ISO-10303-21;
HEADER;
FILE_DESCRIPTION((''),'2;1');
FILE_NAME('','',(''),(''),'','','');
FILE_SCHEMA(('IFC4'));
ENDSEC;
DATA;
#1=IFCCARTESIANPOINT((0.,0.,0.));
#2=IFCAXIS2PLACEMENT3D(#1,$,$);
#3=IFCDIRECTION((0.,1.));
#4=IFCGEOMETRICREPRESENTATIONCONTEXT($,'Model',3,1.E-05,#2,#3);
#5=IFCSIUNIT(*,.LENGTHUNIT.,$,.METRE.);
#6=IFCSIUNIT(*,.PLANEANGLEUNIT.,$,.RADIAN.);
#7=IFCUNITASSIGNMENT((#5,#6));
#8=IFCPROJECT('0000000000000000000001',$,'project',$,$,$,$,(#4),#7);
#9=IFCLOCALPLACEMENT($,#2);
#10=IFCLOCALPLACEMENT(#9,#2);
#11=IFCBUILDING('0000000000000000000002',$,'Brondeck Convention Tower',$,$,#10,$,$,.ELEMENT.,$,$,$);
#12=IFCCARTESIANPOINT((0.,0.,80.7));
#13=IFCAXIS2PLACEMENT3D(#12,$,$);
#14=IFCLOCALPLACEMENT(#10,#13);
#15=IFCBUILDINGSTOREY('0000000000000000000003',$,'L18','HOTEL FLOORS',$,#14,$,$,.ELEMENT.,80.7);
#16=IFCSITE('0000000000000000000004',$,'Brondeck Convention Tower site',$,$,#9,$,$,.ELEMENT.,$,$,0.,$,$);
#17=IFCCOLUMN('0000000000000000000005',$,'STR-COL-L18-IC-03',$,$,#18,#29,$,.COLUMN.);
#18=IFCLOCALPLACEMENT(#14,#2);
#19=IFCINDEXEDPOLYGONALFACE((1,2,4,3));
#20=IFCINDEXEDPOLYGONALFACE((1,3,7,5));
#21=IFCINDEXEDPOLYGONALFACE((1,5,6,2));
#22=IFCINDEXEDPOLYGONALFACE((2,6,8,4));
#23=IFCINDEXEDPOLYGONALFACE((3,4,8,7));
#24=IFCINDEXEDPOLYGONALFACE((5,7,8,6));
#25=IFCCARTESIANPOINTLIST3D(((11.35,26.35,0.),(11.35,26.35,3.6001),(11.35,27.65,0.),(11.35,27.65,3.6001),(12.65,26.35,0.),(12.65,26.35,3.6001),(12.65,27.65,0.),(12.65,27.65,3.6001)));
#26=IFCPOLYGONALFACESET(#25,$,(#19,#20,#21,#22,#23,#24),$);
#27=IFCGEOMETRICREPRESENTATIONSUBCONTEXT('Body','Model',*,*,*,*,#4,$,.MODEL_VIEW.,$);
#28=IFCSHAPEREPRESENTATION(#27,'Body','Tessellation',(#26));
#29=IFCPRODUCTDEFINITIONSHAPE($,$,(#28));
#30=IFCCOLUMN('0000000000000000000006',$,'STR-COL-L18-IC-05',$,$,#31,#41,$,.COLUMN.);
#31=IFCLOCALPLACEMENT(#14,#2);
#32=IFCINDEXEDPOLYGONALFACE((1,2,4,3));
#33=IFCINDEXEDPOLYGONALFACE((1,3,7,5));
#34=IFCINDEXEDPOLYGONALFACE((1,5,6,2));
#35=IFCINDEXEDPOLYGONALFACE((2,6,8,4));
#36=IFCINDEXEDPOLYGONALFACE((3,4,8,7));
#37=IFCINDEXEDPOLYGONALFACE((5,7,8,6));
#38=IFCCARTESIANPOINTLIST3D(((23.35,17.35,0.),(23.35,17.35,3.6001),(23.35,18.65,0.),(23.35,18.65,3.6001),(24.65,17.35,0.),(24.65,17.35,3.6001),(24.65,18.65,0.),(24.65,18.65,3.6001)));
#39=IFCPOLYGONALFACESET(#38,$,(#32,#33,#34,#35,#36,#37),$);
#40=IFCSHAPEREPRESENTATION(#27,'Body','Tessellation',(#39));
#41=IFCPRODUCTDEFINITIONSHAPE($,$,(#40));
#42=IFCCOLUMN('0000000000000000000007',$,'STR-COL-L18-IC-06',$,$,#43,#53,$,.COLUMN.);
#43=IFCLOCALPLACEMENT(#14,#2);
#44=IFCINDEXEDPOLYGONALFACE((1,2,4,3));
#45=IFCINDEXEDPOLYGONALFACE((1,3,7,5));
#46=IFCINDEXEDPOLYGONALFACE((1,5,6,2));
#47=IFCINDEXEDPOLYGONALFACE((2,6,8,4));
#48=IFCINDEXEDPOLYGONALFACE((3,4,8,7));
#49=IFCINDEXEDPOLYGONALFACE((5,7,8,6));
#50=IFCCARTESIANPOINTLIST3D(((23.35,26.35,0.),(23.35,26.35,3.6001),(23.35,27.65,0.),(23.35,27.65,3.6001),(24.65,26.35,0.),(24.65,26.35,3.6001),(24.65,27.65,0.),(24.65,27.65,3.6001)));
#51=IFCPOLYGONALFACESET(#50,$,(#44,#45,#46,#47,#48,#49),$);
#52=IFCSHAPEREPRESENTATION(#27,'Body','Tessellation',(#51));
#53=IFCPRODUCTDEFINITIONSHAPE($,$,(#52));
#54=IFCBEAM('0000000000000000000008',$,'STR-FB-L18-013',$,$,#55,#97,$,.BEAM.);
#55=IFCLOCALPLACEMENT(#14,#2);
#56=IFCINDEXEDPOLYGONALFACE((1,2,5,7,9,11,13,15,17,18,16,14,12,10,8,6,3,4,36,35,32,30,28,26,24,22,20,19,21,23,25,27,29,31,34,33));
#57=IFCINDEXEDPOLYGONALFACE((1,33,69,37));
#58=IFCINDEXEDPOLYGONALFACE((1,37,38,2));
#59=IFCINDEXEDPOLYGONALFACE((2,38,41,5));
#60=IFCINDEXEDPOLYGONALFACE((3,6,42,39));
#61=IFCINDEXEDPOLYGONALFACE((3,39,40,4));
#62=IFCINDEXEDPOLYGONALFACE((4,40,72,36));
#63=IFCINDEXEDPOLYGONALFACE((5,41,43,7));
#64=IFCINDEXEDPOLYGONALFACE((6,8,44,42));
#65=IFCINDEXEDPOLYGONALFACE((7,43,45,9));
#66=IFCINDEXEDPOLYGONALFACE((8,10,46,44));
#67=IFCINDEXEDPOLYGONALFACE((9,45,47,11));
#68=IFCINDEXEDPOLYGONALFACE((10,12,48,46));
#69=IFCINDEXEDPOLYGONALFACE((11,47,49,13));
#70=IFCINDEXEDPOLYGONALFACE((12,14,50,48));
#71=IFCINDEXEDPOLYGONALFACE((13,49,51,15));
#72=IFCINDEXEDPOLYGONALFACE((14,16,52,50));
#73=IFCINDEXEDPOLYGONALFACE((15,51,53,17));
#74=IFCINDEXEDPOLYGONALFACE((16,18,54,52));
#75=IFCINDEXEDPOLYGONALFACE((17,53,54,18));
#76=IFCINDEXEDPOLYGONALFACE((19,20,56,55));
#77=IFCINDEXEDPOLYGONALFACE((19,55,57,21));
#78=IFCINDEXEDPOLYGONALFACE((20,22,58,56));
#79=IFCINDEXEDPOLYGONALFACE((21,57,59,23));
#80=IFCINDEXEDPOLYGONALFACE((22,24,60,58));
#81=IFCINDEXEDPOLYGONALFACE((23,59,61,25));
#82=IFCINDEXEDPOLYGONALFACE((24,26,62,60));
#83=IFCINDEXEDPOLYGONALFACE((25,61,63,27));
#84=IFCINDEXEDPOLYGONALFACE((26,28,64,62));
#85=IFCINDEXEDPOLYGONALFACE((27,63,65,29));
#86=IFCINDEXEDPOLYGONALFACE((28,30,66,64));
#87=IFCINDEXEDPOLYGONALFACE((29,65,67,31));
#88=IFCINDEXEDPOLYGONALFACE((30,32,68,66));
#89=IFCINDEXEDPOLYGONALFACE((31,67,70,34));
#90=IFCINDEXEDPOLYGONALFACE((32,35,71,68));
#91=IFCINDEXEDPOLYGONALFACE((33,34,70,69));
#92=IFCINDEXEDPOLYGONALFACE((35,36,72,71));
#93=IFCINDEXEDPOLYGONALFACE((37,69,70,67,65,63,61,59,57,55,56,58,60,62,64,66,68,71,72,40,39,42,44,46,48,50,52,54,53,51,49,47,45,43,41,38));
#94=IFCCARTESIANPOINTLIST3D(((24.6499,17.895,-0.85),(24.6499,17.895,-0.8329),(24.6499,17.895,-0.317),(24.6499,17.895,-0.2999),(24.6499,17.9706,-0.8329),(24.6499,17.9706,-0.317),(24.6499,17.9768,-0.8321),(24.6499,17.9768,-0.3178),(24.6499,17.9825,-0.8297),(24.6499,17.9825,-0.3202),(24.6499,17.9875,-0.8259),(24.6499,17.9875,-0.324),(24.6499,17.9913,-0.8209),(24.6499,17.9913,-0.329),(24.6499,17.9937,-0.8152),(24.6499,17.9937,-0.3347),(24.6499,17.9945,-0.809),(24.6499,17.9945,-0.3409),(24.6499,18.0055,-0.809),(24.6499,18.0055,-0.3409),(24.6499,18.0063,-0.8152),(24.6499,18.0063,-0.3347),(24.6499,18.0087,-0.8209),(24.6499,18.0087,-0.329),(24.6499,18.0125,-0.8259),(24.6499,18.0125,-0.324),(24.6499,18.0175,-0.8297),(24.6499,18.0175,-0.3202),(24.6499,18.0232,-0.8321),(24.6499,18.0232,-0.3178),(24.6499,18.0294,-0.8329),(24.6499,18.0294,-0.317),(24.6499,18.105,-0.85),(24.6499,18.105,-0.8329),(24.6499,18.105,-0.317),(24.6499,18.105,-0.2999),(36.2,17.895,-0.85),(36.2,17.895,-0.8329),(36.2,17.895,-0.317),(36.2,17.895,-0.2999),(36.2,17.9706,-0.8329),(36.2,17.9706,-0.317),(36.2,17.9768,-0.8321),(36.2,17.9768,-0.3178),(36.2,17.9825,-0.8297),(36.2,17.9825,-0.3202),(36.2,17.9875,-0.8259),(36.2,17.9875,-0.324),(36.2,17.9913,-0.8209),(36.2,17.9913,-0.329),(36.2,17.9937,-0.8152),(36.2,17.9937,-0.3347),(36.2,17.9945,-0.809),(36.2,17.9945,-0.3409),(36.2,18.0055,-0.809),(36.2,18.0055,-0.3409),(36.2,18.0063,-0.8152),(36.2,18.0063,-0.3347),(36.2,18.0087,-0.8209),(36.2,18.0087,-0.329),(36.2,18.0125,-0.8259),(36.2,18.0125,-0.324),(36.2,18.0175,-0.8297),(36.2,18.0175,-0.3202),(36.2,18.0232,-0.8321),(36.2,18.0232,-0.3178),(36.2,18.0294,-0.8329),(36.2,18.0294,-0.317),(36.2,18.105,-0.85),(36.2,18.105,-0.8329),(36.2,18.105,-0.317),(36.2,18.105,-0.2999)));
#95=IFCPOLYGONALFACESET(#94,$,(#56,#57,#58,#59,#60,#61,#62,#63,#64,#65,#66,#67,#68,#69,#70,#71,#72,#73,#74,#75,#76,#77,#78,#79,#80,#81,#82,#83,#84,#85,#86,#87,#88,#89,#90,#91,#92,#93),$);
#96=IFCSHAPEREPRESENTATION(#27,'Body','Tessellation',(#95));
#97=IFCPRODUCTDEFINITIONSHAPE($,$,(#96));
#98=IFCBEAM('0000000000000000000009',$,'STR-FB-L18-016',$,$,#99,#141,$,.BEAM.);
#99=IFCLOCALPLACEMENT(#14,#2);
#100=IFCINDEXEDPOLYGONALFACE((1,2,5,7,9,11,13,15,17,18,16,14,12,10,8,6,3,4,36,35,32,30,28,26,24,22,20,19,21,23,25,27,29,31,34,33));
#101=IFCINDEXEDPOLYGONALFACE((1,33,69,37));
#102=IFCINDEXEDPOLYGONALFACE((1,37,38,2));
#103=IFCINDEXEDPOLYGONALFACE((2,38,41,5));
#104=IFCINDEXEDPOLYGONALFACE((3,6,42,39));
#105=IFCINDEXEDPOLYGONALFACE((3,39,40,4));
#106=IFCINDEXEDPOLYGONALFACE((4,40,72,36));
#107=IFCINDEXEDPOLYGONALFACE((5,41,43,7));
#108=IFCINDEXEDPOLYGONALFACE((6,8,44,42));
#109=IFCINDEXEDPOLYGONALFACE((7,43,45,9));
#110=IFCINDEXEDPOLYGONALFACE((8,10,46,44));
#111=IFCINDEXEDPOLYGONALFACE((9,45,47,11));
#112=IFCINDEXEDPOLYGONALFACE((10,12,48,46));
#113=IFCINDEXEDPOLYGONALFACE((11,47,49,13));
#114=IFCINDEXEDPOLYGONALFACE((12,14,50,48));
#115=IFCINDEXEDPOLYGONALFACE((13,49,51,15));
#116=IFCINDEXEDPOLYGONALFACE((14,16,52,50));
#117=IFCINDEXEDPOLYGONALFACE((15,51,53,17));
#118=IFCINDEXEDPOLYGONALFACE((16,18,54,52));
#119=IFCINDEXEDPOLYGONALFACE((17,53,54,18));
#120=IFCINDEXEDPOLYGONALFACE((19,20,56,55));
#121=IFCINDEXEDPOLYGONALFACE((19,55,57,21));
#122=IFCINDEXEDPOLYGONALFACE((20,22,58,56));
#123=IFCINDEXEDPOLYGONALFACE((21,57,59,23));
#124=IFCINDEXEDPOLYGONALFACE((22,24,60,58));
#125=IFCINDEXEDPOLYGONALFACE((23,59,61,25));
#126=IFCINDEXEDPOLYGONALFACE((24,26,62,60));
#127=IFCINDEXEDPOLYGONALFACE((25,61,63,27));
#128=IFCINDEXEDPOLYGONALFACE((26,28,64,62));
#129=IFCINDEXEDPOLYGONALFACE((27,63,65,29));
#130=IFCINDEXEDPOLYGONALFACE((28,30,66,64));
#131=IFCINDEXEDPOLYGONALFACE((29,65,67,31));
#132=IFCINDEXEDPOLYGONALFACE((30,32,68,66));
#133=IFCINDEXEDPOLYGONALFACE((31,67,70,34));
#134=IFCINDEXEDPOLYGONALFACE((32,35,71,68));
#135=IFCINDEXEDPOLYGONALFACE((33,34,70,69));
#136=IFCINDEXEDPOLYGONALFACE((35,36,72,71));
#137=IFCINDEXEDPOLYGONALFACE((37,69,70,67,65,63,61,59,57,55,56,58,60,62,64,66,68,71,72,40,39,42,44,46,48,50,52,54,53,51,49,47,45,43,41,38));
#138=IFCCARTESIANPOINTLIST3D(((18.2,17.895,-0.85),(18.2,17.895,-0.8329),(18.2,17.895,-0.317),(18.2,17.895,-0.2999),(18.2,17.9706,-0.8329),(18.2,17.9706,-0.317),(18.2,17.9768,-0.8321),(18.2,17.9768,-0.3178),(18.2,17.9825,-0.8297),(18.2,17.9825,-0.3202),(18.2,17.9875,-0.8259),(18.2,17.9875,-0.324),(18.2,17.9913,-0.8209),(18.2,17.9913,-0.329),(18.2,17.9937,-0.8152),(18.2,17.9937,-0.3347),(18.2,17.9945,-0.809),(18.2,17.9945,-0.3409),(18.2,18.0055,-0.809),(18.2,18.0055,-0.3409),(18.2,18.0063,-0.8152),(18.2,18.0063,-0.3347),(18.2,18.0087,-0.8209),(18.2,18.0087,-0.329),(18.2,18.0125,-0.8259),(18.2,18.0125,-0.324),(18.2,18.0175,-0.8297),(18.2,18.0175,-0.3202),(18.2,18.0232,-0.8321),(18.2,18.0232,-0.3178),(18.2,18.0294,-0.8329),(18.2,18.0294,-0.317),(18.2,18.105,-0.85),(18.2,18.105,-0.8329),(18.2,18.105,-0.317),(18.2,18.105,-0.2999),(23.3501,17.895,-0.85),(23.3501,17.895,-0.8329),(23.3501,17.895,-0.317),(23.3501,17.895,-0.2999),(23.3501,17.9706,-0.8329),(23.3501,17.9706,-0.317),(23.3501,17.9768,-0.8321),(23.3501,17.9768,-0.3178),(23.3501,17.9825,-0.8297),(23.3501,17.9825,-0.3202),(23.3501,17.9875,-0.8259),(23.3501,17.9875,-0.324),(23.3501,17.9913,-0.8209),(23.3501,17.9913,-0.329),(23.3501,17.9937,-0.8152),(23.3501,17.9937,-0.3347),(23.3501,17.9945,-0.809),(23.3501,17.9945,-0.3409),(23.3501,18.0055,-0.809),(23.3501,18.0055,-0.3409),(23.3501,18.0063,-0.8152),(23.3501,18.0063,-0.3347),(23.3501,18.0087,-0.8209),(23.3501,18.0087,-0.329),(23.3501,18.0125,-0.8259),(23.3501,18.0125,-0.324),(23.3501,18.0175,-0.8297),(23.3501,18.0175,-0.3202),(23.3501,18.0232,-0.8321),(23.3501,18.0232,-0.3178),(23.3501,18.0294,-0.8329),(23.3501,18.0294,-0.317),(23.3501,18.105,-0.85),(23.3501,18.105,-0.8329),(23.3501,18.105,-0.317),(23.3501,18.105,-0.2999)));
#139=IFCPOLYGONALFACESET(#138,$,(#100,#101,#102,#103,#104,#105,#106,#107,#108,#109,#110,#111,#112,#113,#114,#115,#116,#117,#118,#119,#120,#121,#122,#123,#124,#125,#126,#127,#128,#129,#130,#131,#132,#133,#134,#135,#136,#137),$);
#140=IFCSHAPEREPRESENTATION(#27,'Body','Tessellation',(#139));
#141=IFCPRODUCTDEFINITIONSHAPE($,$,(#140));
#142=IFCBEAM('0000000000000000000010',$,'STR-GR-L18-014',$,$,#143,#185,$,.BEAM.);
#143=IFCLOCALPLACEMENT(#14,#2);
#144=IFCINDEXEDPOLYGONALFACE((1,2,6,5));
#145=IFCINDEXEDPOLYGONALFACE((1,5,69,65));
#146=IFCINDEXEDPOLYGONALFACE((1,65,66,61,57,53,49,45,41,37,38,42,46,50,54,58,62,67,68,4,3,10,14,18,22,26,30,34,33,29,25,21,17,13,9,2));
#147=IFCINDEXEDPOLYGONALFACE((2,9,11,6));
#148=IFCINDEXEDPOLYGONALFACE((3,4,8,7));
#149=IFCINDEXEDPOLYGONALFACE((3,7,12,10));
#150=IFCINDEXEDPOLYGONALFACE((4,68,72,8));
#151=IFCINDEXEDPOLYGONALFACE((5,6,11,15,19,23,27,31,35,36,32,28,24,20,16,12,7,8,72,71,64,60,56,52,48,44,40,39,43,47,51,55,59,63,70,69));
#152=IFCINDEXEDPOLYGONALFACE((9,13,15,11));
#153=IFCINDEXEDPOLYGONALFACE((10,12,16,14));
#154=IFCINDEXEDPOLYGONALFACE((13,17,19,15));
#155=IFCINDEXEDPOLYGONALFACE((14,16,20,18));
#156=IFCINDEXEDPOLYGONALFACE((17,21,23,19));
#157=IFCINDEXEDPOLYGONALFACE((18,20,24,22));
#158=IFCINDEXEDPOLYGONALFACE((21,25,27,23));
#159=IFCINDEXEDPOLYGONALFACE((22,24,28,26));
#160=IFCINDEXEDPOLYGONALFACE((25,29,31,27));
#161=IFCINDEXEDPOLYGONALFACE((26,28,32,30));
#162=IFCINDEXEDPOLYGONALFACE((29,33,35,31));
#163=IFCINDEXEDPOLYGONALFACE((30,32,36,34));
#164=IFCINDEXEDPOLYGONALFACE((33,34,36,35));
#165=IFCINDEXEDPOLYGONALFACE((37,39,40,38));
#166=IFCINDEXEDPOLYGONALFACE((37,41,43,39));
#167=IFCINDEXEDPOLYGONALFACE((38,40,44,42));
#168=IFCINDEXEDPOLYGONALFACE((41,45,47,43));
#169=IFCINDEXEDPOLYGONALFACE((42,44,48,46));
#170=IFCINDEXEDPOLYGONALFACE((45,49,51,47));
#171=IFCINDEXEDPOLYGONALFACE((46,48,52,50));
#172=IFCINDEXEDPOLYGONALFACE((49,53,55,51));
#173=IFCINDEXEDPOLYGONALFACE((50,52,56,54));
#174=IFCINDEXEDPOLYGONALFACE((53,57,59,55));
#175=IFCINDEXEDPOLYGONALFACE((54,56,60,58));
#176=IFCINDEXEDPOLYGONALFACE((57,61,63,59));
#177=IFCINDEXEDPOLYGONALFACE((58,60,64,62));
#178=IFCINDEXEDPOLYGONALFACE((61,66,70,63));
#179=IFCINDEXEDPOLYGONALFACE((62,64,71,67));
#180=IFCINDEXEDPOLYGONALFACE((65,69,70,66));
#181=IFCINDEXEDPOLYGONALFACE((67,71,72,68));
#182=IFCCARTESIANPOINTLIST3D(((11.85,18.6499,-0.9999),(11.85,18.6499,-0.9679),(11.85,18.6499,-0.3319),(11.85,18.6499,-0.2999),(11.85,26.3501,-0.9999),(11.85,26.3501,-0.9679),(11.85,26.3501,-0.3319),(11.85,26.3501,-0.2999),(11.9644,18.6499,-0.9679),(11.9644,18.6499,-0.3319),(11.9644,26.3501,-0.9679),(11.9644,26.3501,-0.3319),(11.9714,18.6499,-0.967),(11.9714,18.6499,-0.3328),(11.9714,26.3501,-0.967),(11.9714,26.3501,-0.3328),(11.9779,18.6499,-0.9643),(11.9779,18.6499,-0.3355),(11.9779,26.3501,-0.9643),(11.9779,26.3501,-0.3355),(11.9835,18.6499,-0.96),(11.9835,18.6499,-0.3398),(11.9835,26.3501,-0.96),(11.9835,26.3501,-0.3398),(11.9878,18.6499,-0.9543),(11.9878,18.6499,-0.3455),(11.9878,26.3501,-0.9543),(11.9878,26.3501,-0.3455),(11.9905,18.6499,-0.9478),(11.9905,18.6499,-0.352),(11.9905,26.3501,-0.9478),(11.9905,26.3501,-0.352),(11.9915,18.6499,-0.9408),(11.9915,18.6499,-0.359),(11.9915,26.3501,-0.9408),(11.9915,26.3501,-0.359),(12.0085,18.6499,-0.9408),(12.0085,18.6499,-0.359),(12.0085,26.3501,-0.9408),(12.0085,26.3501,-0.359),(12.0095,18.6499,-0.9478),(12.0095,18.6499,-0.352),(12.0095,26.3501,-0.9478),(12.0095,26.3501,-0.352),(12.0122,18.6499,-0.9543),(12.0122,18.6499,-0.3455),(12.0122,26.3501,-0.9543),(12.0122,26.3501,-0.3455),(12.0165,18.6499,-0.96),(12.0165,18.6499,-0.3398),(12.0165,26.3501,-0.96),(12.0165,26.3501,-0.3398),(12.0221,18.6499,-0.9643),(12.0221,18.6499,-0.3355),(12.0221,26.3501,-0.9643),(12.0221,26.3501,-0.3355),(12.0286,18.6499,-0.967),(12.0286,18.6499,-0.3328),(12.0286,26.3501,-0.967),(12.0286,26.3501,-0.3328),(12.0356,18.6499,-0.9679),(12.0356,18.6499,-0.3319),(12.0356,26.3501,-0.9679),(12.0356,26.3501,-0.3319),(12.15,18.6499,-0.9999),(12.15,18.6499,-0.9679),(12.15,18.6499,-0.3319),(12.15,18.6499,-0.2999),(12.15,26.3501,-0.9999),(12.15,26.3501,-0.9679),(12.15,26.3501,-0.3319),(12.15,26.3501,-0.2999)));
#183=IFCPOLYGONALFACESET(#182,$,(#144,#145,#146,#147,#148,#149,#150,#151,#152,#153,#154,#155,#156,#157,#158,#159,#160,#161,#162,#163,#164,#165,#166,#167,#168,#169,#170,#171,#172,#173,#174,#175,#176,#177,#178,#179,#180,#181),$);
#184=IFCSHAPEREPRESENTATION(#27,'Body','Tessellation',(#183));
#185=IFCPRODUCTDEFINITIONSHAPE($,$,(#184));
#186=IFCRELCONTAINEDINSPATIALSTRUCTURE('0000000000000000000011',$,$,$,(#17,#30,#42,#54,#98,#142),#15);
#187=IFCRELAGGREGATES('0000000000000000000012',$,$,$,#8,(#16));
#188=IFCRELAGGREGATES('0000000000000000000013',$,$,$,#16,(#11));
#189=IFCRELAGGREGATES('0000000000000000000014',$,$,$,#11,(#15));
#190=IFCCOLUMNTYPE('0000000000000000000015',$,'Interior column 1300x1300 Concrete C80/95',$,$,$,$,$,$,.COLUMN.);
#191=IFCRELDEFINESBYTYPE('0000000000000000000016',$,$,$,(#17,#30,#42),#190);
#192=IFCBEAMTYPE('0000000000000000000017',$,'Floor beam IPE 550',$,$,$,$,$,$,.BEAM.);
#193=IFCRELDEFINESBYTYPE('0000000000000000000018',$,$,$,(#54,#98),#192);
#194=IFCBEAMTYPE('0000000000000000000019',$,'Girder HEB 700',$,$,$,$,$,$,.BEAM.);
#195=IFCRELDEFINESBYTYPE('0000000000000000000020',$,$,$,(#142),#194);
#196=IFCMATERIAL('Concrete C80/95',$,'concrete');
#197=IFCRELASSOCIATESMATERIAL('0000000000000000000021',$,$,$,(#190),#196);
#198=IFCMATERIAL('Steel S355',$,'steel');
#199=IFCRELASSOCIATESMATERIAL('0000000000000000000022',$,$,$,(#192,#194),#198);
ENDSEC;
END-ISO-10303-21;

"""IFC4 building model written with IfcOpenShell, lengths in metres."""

from ifc_helpers import new_model, si_unit, direction, frame, origin, origin_2d, place, context, subcontext, project, spatial, rectangle, i_section, extrude, material, material_profile, profile_set, type_object, element, save


model = new_model("IFC4")

# Units and contexts
model_context = context("Model", 3, precision=1e-05, world=origin(), true_north=direction((0.0, 1.0)))
body_context = subcontext(model_context, "Body", "Model", "MODEL_VIEW")
ifc_project = project(units=[si_unit("LENGTHUNIT", "METRE"), si_unit("PLANEANGLEUNIT", "RADIAN")], contexts=[model_context])

# Site, building, storey
site_placement = place(None, origin())
site = spatial("IfcSite", under=ifc_project, at=site_placement, Name="Brondeck Convention Tower site", CompositionType="ELEMENT", RefElevation=0.0)
building_placement = place(site_placement, origin())
building = spatial("IfcBuilding", under=site, at=building_placement, Name="Brondeck Convention Tower", CompositionType="ELEMENT")
storey_placement = place(building_placement, frame((0.0, 0.0, 80.7)))
storey = spatial("IfcBuildingStorey", under=building, at=storey_placement, Name="L18", Description="HOTEL FLOORS", CompositionType="ELEMENT", Elevation=80.7)

# Columns
ifc_material_1 = material(Name="Concrete C80/95", Category="concrete")
ifc_material_profile_1 = material_profile(ifc_material_1, rectangle(XDim=1.3, YDim=1.3, at=origin_2d()), Name="Interior column 1300x1300 Concrete C80/95")
ifc_profile_set_1 = profile_set([ifc_material_profile_1], Name="Concrete C80/95")
column_type = type_object("IfcColumnType", Name="Interior column 1300x1300 Concrete C80/95", PredefinedType="COLUMN", material=ifc_profile_set_1)
for number, where, z_axis, x_axis, name in (
    (1, (12.0, 27.0, 0.0), (0.0, 0.0, 1.0), (1.0, 0.0, 0.0), "STR-COL-L18-IC-03"),
    (2, (24.0, 18.0, 0.0), (0.0, 0.0, 1.0), (1.0, 0.0, 0.0), "STR-COL-L18-IC-05"),
    (3, (24.0, 27.0, 0.0), (0.0, 0.0, 1.0), (1.0, 0.0, 0.0), "STR-COL-L18-IC-06"),
):
    element("IfcColumn", number, at=place(storey_placement, frame(where, z_axis=z_axis, x_axis=x_axis)), inside=storey, type_object=column_type, Name=name, PredefinedType="COLUMN", context=body_context, shape_type="SweptSolid", body=[
        extrude(rectangle(XDim=1.3, YDim=1.3, at=origin_2d()), origin(), (0.0, 0.0, 1.0), 3.6001),
    ])

# Beams
ifc_material_2 = material(Name="Steel S355", Category="steel")
ifc_material_profile_2 = material_profile(ifc_material_2, i_section(OverallWidth=0.21, OverallDepth=0.55, WebThickness=0.011, FlangeThickness=0.0171, FilletRadius=0.0239, at=origin_2d()), Name="IPE 550")
ifc_profile_set_2 = profile_set([ifc_material_profile_2], Name="Steel S355")
beam_type_1 = type_object("IfcBeamType", Name="Floor beam IPE 550", PredefinedType="BEAM", material=ifc_profile_set_2)
beam_1_placement = place(storey_placement, frame((24.6499, 18.0, -0.575), z_axis=(1.0, 0.0, 0.0), x_axis=(0.0, 1.0, 0.0)))
element("IfcBeam", 4, at=beam_1_placement, inside=storey, type_object=beam_type_1, Name="STR-FB-L18-013", PredefinedType="BEAM", context=body_context, shape_type="SweptSolid", body=[
    extrude(i_section(OverallWidth=0.21, OverallDepth=0.55, WebThickness=0.011, FlangeThickness=0.0171, FilletRadius=0.0239, at=origin_2d()), origin(), (0.0, 0.0, 1.0), 11.55),
])
beam_2_placement = place(storey_placement, frame((18.2, 18.0, -0.575), z_axis=(1.0, 0.0, 0.0), x_axis=(0.0, 1.0, 0.0)))
element("IfcBeam", 5, at=beam_2_placement, inside=storey, type_object=beam_type_1, Name="STR-FB-L18-016", PredefinedType="BEAM", context=body_context, shape_type="SweptSolid", body=[
    extrude(i_section(OverallWidth=0.21, OverallDepth=0.55, WebThickness=0.011, FlangeThickness=0.0171, FilletRadius=0.0239, at=origin_2d()), origin(), (0.0, 0.0, 1.0), 5.1501),
])
ifc_material_profile_3 = material_profile(ifc_material_2, i_section(OverallWidth=0.3, OverallDepth=0.7, WebThickness=0.0171, FlangeThickness=0.032, FilletRadius=0.0271, at=origin_2d()), Name="HEB 700")
ifc_profile_set_3 = profile_set([ifc_material_profile_3], Name="Steel S355")
beam_type_2 = type_object("IfcBeamType", Name="Girder HEB 700", PredefinedType="BEAM", material=ifc_profile_set_3)
for number, where, z_axis, x_axis, name in (
    (6, (12.0, 26.3501, -0.6499), (0.0, -1.0, 0.0), (1.0, 0.0, 0.0), "STR-GR-L18-014"),
):
    element("IfcBeam", number, at=place(storey_placement, frame(where, z_axis=z_axis, x_axis=x_axis)), inside=storey, type_object=beam_type_2, Name=name, PredefinedType="BEAM", context=body_context, shape_type="SweptSolid", body=[
        extrude(i_section(OverallWidth=0.3, OverallDepth=0.7, WebThickness=0.0171, FlangeThickness=0.032, FilletRadius=0.0271, at=origin_2d()), origin(), (0.0, 0.0, 1.0), 7.7002),
    ])

save(model, "model.ifc")
